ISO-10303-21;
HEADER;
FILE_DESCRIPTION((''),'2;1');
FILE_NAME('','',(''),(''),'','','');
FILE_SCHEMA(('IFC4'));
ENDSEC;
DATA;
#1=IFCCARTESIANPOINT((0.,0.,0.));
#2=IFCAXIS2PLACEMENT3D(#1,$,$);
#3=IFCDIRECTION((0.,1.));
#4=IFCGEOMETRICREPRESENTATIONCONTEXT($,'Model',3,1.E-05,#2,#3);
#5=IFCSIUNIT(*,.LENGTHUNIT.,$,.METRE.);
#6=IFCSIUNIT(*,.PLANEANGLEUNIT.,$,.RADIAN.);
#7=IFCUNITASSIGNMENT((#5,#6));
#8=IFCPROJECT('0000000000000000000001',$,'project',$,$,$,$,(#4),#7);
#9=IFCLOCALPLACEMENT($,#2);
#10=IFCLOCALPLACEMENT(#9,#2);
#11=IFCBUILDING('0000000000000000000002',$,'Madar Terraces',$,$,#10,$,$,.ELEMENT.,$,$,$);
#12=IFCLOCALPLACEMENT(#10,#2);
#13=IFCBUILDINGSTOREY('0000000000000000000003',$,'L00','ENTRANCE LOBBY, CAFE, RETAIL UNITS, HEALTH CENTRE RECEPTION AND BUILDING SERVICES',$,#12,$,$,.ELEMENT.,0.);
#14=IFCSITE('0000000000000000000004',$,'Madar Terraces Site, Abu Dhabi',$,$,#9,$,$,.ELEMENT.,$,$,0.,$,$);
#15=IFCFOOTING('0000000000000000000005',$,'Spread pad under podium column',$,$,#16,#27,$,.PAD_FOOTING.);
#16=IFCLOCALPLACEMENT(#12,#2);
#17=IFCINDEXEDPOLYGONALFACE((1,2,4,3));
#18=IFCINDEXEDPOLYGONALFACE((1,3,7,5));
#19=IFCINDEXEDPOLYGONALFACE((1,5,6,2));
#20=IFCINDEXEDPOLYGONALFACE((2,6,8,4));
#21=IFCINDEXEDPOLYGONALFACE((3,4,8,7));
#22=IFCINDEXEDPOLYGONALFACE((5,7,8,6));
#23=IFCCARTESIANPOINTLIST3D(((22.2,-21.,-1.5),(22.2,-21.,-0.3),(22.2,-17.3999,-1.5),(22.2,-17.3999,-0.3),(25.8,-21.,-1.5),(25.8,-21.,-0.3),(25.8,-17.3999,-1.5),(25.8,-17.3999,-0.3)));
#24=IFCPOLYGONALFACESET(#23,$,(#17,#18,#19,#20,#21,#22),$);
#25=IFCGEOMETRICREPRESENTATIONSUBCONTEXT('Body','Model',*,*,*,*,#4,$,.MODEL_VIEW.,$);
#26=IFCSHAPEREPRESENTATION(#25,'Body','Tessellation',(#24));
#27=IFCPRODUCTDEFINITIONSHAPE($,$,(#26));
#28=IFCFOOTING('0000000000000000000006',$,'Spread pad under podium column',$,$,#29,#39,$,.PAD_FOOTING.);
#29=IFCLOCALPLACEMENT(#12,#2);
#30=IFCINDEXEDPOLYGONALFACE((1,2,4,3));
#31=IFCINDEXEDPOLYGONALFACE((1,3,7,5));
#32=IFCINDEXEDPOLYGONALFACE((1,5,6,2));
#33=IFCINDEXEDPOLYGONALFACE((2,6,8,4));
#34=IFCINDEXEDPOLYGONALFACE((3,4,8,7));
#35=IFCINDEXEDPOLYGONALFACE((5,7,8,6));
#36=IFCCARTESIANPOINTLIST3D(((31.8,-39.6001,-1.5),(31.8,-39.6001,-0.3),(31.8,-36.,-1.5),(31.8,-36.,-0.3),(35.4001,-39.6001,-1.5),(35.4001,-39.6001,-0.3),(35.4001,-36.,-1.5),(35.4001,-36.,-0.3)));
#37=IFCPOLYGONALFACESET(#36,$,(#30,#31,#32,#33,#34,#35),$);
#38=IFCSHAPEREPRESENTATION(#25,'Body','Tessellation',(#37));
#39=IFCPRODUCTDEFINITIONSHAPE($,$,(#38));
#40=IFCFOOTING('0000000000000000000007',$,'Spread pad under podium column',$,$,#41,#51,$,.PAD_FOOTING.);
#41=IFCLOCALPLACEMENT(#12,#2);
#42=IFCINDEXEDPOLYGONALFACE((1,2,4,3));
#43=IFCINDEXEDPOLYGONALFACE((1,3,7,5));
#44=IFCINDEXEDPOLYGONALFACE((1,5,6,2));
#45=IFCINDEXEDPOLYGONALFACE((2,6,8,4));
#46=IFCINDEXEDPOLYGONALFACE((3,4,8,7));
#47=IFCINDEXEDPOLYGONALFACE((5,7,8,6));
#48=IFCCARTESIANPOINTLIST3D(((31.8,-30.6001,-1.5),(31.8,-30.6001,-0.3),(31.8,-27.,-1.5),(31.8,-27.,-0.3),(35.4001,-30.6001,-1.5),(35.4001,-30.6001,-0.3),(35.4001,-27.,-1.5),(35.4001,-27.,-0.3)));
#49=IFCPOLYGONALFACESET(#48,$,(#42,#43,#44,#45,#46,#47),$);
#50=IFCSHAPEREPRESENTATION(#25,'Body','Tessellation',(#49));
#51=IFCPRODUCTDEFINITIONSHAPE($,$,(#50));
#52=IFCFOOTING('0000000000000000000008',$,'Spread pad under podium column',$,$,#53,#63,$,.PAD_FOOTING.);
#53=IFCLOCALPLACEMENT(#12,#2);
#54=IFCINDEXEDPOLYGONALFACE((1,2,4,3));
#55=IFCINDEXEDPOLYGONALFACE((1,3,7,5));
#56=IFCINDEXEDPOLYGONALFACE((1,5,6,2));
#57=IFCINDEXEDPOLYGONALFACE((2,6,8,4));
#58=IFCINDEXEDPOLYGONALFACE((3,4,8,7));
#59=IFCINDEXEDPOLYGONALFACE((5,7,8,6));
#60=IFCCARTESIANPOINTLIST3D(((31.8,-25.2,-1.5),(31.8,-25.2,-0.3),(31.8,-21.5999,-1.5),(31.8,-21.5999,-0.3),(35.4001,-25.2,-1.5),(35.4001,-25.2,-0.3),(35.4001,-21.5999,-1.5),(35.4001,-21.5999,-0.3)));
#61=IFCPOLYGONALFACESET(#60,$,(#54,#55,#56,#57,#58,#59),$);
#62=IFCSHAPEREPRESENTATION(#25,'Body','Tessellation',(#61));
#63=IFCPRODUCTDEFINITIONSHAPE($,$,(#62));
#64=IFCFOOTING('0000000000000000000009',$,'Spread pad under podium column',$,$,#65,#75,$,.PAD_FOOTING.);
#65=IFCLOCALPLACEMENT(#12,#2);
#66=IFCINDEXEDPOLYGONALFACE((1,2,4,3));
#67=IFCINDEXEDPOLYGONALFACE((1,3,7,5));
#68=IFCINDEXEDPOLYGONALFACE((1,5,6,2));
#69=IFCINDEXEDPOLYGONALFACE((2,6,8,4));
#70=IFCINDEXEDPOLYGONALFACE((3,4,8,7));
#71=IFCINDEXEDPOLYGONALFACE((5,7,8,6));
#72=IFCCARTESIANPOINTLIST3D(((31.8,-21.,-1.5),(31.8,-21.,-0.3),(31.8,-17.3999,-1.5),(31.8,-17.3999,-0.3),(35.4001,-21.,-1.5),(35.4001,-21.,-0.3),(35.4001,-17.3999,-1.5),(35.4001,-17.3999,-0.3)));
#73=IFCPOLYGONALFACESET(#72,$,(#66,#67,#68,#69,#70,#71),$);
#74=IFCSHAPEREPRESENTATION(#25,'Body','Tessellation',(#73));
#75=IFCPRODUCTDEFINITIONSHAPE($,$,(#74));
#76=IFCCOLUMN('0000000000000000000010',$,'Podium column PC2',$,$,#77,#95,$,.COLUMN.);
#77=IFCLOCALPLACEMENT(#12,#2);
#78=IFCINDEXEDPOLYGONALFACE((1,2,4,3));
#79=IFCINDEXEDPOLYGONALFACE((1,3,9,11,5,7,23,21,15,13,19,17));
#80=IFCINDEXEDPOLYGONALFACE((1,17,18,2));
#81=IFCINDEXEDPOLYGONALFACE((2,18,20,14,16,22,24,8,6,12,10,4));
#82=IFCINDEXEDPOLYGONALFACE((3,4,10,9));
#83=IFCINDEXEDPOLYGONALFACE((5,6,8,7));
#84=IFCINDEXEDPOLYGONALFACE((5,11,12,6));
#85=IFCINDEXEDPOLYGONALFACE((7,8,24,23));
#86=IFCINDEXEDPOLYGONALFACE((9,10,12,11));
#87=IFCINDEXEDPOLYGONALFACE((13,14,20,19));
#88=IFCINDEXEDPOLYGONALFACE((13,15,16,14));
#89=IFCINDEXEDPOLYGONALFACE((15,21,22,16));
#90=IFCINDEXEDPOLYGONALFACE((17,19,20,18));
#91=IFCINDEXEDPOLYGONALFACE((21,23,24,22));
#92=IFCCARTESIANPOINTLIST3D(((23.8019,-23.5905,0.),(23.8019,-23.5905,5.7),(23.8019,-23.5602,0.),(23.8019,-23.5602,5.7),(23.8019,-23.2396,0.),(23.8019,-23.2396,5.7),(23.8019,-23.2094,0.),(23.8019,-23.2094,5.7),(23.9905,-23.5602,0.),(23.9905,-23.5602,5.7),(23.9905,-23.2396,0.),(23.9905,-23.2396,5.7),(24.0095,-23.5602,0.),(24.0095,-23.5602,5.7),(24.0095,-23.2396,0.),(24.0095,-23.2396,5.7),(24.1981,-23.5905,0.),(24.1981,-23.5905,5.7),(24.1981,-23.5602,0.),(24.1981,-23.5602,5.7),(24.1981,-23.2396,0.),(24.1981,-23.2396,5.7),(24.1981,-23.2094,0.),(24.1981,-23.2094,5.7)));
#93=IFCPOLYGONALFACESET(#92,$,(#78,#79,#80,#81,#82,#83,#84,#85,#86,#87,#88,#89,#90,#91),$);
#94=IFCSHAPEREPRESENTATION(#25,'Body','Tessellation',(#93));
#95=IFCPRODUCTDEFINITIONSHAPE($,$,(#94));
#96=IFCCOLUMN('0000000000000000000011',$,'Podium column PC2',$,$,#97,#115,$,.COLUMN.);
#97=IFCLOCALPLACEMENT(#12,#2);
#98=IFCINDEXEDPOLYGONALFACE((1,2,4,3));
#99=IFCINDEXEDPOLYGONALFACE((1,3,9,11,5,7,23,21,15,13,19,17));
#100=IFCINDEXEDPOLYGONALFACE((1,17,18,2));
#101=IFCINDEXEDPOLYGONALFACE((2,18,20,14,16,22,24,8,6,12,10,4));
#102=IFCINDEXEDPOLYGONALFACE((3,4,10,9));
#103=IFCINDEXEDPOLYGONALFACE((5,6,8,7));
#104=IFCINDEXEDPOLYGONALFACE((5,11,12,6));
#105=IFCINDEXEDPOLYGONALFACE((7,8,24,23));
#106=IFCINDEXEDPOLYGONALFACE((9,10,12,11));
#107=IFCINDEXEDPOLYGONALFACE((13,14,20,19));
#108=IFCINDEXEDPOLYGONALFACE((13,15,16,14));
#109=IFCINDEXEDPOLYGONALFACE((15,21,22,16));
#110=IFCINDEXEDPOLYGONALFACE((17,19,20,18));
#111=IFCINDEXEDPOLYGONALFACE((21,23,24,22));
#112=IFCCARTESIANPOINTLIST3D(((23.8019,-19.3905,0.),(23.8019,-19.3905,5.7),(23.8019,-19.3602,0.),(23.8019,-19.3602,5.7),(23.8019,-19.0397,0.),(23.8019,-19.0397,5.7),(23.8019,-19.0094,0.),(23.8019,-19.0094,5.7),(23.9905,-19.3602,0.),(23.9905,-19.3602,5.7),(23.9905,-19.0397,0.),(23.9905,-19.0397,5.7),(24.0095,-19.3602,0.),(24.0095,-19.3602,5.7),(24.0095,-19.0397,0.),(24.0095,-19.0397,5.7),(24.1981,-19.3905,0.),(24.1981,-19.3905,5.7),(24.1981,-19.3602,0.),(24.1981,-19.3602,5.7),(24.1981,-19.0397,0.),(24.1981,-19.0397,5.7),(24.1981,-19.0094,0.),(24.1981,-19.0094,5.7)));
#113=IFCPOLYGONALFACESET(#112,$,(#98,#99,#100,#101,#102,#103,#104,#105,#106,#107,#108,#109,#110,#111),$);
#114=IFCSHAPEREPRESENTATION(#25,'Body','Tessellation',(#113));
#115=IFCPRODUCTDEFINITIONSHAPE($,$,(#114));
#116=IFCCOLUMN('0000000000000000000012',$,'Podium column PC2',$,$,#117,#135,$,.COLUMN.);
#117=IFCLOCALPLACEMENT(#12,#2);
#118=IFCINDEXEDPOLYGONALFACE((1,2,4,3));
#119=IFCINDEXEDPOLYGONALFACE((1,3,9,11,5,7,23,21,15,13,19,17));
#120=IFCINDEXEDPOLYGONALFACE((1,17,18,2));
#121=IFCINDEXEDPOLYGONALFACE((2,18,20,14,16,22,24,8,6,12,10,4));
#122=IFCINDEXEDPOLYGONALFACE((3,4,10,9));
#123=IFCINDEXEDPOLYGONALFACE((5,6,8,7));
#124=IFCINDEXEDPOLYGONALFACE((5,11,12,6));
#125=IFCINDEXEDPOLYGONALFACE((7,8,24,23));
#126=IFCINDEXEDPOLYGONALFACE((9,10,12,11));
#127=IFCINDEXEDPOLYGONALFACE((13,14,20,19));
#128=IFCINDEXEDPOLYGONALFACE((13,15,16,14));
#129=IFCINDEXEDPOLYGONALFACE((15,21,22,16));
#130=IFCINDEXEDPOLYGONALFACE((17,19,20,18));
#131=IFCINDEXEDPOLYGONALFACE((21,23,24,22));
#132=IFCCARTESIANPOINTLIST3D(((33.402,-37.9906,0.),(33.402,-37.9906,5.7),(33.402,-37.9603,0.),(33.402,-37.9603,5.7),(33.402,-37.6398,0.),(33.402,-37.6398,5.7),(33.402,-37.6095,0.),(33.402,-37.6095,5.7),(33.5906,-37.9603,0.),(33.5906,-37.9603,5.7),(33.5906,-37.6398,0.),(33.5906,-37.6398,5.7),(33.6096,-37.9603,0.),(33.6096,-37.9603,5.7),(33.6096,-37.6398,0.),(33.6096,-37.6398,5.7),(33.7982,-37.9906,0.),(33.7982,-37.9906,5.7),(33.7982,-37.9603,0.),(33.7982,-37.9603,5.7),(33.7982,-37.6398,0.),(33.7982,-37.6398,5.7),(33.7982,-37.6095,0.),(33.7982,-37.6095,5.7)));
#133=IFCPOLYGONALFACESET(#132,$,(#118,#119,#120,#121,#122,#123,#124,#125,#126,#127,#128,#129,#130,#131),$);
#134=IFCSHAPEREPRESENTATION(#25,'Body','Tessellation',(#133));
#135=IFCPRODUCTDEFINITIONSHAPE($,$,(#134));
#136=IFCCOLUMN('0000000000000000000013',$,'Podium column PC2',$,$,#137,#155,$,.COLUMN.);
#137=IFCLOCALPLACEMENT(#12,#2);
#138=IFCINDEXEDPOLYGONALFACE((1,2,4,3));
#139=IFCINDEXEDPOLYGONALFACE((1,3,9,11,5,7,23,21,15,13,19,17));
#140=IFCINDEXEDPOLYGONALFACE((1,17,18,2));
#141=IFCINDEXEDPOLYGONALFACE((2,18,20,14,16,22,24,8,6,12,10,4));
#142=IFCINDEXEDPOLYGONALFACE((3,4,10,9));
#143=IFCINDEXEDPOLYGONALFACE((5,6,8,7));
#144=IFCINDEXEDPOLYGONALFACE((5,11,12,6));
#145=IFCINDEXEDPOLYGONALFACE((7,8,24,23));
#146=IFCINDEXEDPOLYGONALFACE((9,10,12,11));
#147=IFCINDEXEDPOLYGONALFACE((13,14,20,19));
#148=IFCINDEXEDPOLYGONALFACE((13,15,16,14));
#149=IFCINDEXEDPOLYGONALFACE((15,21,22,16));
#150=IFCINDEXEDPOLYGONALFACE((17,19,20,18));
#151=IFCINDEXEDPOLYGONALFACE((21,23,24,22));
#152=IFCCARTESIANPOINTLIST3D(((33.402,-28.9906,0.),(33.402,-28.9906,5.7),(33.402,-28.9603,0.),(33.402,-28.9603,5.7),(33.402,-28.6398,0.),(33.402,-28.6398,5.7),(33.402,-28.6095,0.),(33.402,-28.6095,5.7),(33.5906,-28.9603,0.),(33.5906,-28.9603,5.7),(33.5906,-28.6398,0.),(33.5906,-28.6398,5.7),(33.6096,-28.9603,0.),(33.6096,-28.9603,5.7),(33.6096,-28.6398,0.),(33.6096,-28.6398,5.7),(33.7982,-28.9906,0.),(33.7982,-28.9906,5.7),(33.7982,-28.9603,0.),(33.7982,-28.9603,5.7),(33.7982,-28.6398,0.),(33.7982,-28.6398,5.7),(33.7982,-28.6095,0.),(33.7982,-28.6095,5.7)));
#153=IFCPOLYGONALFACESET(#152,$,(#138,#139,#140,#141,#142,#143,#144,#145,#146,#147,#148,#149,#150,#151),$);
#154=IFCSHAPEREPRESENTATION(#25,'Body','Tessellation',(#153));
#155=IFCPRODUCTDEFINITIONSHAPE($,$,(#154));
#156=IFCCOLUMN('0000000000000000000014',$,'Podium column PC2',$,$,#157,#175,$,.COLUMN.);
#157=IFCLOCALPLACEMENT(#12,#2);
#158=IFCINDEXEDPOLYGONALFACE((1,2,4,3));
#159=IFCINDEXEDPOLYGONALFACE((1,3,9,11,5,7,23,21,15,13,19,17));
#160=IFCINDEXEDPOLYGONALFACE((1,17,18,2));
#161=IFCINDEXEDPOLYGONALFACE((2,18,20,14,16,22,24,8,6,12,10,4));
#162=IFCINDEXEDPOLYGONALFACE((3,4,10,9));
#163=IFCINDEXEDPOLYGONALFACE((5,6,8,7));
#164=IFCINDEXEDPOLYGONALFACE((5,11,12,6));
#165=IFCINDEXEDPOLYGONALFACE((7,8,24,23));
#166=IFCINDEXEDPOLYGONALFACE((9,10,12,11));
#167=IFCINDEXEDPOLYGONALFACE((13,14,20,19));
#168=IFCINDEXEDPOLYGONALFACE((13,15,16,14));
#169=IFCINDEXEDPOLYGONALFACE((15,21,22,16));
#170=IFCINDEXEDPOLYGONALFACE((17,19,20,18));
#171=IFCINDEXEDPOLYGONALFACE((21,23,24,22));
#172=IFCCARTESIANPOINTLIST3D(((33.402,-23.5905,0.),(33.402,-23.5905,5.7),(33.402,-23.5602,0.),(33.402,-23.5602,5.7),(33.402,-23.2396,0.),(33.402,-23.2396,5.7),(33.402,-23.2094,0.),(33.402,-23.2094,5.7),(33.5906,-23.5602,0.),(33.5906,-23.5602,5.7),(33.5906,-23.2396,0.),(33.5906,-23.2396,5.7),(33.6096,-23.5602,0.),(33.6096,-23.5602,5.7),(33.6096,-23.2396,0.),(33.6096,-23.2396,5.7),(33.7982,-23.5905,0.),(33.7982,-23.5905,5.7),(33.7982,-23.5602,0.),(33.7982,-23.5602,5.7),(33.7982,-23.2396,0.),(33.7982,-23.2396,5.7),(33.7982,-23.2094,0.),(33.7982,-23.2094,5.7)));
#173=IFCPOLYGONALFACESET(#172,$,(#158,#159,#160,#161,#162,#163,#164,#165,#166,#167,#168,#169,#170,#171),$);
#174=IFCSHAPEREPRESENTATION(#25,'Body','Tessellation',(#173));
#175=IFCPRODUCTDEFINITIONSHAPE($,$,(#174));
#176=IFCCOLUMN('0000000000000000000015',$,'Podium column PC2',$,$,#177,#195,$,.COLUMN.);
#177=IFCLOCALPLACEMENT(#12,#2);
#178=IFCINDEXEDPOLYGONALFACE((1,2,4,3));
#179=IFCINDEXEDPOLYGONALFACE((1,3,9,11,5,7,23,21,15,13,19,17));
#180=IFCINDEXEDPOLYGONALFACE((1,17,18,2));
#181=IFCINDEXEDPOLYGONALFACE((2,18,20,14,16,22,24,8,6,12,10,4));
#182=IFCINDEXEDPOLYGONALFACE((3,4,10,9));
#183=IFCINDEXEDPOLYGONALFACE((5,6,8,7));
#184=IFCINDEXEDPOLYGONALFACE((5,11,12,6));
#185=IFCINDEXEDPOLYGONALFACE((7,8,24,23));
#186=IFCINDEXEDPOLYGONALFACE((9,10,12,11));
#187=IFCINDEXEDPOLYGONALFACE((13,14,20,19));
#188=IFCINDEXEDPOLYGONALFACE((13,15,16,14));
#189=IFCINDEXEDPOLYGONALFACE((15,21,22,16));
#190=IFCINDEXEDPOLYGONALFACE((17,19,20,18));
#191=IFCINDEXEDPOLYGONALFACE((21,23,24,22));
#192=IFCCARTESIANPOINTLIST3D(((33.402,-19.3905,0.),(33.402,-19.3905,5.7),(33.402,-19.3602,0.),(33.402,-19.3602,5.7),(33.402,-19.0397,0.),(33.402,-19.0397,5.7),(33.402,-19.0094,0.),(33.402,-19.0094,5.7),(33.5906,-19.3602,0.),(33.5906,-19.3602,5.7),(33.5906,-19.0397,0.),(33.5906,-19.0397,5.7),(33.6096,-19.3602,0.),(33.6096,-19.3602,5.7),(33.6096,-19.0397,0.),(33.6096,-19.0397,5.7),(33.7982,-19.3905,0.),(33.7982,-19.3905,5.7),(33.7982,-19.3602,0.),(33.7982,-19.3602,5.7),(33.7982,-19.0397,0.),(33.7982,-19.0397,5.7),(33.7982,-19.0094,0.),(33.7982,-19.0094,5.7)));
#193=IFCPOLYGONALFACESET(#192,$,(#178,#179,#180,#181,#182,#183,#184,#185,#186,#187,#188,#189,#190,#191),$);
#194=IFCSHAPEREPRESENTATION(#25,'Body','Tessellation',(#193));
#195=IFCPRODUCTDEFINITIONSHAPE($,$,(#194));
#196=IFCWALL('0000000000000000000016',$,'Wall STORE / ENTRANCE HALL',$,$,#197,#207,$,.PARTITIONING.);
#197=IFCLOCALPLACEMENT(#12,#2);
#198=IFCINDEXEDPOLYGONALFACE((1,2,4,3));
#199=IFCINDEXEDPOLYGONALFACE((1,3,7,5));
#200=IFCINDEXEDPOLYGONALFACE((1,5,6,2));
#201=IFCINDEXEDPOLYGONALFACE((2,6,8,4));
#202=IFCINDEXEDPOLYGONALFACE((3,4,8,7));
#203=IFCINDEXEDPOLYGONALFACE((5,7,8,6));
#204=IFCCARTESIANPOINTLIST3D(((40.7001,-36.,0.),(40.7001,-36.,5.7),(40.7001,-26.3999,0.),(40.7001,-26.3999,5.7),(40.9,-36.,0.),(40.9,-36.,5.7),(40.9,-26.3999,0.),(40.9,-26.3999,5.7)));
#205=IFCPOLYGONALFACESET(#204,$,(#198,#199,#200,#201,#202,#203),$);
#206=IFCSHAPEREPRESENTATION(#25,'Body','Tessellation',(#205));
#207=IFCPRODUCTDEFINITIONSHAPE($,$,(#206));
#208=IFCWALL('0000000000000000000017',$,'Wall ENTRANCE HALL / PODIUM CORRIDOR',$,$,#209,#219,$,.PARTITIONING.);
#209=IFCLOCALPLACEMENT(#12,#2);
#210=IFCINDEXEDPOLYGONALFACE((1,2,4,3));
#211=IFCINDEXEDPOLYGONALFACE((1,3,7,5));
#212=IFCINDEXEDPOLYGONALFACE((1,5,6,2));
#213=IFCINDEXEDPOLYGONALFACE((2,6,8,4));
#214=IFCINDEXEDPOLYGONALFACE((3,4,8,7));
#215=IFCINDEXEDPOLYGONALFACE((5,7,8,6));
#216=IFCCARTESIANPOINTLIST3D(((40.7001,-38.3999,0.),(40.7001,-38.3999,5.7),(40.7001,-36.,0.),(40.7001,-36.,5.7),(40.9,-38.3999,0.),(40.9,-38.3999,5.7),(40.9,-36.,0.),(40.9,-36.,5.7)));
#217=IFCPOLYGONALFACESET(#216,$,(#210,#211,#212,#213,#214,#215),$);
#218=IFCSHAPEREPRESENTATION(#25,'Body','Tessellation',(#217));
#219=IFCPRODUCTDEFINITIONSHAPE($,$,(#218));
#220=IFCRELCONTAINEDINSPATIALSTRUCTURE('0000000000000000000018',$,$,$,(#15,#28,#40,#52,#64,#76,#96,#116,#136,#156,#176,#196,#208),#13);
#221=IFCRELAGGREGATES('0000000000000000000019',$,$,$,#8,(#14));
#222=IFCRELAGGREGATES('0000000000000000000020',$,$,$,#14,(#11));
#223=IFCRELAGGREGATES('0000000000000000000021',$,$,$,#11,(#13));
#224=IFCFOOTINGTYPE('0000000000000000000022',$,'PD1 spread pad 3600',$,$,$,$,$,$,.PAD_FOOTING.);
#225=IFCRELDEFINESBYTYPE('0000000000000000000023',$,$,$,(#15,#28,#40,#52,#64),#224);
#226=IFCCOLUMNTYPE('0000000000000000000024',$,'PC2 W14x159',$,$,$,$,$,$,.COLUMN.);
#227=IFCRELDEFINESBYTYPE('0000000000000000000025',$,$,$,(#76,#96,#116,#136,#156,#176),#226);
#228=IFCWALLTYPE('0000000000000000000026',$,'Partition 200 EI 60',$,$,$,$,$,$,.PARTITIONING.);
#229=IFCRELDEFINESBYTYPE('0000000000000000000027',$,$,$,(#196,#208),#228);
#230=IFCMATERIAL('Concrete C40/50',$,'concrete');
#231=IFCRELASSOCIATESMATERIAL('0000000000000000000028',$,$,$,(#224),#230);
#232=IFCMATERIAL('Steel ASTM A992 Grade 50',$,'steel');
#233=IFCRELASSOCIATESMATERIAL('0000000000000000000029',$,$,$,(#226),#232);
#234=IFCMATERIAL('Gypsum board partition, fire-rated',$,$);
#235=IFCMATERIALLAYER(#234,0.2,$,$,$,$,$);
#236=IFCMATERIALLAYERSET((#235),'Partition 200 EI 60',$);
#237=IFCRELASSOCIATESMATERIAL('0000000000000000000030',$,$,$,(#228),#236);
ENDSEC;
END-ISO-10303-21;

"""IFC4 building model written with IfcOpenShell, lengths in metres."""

from ifc_helpers import new_model, si_unit, direction, frame, frame_2d, origin, origin_2d, place, context, subcontext, project, spatial, rectangle, i_section, extrude, material, layer, layer_set, material_profile, profile_set, type_object, element, save


model = new_model("IFC4")

# Units and contexts
model_context = context("Model", 3, precision=1e-05, world=origin(), true_north=direction((0.0, 1.0)))
body_context = subcontext(model_context, "Body", "Model", "MODEL_VIEW")
ifc_project = project(units=[si_unit("LENGTHUNIT", "METRE"), si_unit("PLANEANGLEUNIT", "RADIAN")], contexts=[model_context])

# Site, building, storey
site_placement = place(None, origin())
site = spatial("IfcSite", under=ifc_project, at=site_placement, Name="Madar Terraces Site, Abu Dhabi", CompositionType="ELEMENT", RefElevation=0.0)
building_placement = place(site_placement, origin())
building = spatial("IfcBuilding", under=site, at=building_placement, Name="Madar Terraces", CompositionType="ELEMENT")
storey_placement = place(building_placement, origin())
storey = spatial("IfcBuildingStorey", under=building, at=storey_placement, Name="L00", Description="ENTRANCE LOBBY, CAFE, RETAIL UNITS, HEALTH CENTRE RECEPTION AND BUILDING SERVICES", CompositionType="ELEMENT", Elevation=0.0)

# Footings
ifc_material_1 = material(Name="Concrete C40/50", Category="concrete")
footing_type = type_object("IfcFootingType", Name="PD1 spread pad 3600", PredefinedType="PAD_FOOTING", material=ifc_material_1)
for number, where, z_axis, x_axis, name in (
    (1, (24.0, -19.2, -1.5), (0.0, 0.0, 1.0), (1.0, 0.0, 0.0), "Spread pad under podium column"),
    (2, (33.6001, -37.8, -1.5), (0.0, 0.0, 1.0), (1.0, 0.0, 0.0), "Spread pad under podium column"),
    (3, (33.6001, -28.8, -1.5), (0.0, 0.0, 1.0), (1.0, 0.0, 0.0), "Spread pad under podium column"),
    (4, (33.6001, -23.3999, -1.5), (0.0, 0.0, 1.0), (1.0, 0.0, 0.0), "Spread pad under podium column"),
    (5, (33.6001, -19.2, -1.5), (0.0, 0.0, 1.0), (1.0, 0.0, 0.0), "Spread pad under podium column"),
):
    element("IfcFooting", number, at=place(storey_placement, frame(where, z_axis=z_axis, x_axis=x_axis)), inside=storey, type_object=footing_type, Name=name, PredefinedType="PAD_FOOTING", context=body_context, shape_type="SweptSolid", body=[
        extrude(rectangle(XDim=3.6001, YDim=3.6001, at=origin_2d()), origin(), (0.0, 0.0, 1.0), 1.2),
    ])

# Columns
ifc_material_2 = material(Name="Steel ASTM A992 Grade 50", Category="steel")
ifc_material_profile = material_profile(ifc_material_2, i_section(OverallWidth=0.3962, OverallDepth=0.3811, WebThickness=0.019, FlangeThickness=0.0303, at=origin_2d()), Name="W14x159")
ifc_profile_set = profile_set([ifc_material_profile], Name="Steel ASTM A992 Grade 50")
column_type = type_object("IfcColumnType", Name="PC2 W14x159", PredefinedType="COLUMN", material=ifc_profile_set)
for number, where, z_axis, x_axis, name in (
    (6, (24.0, -23.3999, 0.0), (0.0, 0.0, 1.0), (1.0, 0.0, 0.0), "Podium column PC2"),
    (7, (24.0, -19.2, 0.0), (0.0, 0.0, 1.0), (1.0, 0.0, 0.0), "Podium column PC2"),
    (8, (33.6001, -37.8, 0.0), (0.0, 0.0, 1.0), (1.0, 0.0, 0.0), "Podium column PC2"),
    (9, (33.6001, -28.8, 0.0), (0.0, 0.0, 1.0), (1.0, 0.0, 0.0), "Podium column PC2"),
    (10, (33.6001, -23.3999, 0.0), (0.0, 0.0, 1.0), (1.0, 0.0, 0.0), "Podium column PC2"),
    (11, (33.6001, -19.2, 0.0), (0.0, 0.0, 1.0), (1.0, 0.0, 0.0), "Podium column PC2"),
):
    element("IfcColumn", number, at=place(storey_placement, frame(where, z_axis=z_axis, x_axis=x_axis)), inside=storey, type_object=column_type, Name=name, PredefinedType="COLUMN", context=body_context, shape_type="SweptSolid", body=[
        extrude(i_section(OverallWidth=0.3962, OverallDepth=0.3811, WebThickness=0.019, FlangeThickness=0.0303, at=origin_2d()), origin(), (0.0, 0.0, 1.0), 5.7),
    ])

# Walls
ifc_material_3 = material(Name="Gypsum board partition, fire-rated")
ifc_layer = layer(ifc_material_3, 0.2)
ifc_layer_set = layer_set([ifc_layer], Name="Partition 200 EI 60")
wall_type = type_object("IfcWallType", Name="Partition 200 EI 60", PredefinedType="PARTITIONING", material=ifc_layer_set)
wall_1_placement = place(storey_placement, frame((40.8, -36.0, 0.0), z_axis=(0.0, 0.0, 1.0), x_axis=(0.0, 1.0, 0.0)))
element("IfcWall", 12, at=wall_1_placement, inside=storey, type_object=wall_type, Name="Wall STORE / ENTRANCE HALL", PredefinedType="PARTITIONING", context=body_context, shape_type="SweptSolid", body=[
    extrude(rectangle(XDim=9.6001, YDim=0.2, at=frame_2d((4.8, 0.0))), origin(), (0.0, 0.0, 1.0), 5.7),
])
wall_2_placement = place(storey_placement, frame((40.8, -38.3999, 0.0), z_axis=(0.0, 0.0, 1.0), x_axis=(0.0, 1.0, 0.0)))
element("IfcWall", 13, at=wall_2_placement, inside=storey, type_object=wall_type, Name="Wall ENTRANCE HALL / PODIUM CORRIDOR", PredefinedType="PARTITIONING", context=body_context, shape_type="SweptSolid", body=[
    extrude(rectangle(XDim=2.3999, YDim=0.2, at=frame_2d((1.2, 0.0))), origin(), (0.0, 0.0, 1.0), 5.7),
])

save(model, "model.ifc")
